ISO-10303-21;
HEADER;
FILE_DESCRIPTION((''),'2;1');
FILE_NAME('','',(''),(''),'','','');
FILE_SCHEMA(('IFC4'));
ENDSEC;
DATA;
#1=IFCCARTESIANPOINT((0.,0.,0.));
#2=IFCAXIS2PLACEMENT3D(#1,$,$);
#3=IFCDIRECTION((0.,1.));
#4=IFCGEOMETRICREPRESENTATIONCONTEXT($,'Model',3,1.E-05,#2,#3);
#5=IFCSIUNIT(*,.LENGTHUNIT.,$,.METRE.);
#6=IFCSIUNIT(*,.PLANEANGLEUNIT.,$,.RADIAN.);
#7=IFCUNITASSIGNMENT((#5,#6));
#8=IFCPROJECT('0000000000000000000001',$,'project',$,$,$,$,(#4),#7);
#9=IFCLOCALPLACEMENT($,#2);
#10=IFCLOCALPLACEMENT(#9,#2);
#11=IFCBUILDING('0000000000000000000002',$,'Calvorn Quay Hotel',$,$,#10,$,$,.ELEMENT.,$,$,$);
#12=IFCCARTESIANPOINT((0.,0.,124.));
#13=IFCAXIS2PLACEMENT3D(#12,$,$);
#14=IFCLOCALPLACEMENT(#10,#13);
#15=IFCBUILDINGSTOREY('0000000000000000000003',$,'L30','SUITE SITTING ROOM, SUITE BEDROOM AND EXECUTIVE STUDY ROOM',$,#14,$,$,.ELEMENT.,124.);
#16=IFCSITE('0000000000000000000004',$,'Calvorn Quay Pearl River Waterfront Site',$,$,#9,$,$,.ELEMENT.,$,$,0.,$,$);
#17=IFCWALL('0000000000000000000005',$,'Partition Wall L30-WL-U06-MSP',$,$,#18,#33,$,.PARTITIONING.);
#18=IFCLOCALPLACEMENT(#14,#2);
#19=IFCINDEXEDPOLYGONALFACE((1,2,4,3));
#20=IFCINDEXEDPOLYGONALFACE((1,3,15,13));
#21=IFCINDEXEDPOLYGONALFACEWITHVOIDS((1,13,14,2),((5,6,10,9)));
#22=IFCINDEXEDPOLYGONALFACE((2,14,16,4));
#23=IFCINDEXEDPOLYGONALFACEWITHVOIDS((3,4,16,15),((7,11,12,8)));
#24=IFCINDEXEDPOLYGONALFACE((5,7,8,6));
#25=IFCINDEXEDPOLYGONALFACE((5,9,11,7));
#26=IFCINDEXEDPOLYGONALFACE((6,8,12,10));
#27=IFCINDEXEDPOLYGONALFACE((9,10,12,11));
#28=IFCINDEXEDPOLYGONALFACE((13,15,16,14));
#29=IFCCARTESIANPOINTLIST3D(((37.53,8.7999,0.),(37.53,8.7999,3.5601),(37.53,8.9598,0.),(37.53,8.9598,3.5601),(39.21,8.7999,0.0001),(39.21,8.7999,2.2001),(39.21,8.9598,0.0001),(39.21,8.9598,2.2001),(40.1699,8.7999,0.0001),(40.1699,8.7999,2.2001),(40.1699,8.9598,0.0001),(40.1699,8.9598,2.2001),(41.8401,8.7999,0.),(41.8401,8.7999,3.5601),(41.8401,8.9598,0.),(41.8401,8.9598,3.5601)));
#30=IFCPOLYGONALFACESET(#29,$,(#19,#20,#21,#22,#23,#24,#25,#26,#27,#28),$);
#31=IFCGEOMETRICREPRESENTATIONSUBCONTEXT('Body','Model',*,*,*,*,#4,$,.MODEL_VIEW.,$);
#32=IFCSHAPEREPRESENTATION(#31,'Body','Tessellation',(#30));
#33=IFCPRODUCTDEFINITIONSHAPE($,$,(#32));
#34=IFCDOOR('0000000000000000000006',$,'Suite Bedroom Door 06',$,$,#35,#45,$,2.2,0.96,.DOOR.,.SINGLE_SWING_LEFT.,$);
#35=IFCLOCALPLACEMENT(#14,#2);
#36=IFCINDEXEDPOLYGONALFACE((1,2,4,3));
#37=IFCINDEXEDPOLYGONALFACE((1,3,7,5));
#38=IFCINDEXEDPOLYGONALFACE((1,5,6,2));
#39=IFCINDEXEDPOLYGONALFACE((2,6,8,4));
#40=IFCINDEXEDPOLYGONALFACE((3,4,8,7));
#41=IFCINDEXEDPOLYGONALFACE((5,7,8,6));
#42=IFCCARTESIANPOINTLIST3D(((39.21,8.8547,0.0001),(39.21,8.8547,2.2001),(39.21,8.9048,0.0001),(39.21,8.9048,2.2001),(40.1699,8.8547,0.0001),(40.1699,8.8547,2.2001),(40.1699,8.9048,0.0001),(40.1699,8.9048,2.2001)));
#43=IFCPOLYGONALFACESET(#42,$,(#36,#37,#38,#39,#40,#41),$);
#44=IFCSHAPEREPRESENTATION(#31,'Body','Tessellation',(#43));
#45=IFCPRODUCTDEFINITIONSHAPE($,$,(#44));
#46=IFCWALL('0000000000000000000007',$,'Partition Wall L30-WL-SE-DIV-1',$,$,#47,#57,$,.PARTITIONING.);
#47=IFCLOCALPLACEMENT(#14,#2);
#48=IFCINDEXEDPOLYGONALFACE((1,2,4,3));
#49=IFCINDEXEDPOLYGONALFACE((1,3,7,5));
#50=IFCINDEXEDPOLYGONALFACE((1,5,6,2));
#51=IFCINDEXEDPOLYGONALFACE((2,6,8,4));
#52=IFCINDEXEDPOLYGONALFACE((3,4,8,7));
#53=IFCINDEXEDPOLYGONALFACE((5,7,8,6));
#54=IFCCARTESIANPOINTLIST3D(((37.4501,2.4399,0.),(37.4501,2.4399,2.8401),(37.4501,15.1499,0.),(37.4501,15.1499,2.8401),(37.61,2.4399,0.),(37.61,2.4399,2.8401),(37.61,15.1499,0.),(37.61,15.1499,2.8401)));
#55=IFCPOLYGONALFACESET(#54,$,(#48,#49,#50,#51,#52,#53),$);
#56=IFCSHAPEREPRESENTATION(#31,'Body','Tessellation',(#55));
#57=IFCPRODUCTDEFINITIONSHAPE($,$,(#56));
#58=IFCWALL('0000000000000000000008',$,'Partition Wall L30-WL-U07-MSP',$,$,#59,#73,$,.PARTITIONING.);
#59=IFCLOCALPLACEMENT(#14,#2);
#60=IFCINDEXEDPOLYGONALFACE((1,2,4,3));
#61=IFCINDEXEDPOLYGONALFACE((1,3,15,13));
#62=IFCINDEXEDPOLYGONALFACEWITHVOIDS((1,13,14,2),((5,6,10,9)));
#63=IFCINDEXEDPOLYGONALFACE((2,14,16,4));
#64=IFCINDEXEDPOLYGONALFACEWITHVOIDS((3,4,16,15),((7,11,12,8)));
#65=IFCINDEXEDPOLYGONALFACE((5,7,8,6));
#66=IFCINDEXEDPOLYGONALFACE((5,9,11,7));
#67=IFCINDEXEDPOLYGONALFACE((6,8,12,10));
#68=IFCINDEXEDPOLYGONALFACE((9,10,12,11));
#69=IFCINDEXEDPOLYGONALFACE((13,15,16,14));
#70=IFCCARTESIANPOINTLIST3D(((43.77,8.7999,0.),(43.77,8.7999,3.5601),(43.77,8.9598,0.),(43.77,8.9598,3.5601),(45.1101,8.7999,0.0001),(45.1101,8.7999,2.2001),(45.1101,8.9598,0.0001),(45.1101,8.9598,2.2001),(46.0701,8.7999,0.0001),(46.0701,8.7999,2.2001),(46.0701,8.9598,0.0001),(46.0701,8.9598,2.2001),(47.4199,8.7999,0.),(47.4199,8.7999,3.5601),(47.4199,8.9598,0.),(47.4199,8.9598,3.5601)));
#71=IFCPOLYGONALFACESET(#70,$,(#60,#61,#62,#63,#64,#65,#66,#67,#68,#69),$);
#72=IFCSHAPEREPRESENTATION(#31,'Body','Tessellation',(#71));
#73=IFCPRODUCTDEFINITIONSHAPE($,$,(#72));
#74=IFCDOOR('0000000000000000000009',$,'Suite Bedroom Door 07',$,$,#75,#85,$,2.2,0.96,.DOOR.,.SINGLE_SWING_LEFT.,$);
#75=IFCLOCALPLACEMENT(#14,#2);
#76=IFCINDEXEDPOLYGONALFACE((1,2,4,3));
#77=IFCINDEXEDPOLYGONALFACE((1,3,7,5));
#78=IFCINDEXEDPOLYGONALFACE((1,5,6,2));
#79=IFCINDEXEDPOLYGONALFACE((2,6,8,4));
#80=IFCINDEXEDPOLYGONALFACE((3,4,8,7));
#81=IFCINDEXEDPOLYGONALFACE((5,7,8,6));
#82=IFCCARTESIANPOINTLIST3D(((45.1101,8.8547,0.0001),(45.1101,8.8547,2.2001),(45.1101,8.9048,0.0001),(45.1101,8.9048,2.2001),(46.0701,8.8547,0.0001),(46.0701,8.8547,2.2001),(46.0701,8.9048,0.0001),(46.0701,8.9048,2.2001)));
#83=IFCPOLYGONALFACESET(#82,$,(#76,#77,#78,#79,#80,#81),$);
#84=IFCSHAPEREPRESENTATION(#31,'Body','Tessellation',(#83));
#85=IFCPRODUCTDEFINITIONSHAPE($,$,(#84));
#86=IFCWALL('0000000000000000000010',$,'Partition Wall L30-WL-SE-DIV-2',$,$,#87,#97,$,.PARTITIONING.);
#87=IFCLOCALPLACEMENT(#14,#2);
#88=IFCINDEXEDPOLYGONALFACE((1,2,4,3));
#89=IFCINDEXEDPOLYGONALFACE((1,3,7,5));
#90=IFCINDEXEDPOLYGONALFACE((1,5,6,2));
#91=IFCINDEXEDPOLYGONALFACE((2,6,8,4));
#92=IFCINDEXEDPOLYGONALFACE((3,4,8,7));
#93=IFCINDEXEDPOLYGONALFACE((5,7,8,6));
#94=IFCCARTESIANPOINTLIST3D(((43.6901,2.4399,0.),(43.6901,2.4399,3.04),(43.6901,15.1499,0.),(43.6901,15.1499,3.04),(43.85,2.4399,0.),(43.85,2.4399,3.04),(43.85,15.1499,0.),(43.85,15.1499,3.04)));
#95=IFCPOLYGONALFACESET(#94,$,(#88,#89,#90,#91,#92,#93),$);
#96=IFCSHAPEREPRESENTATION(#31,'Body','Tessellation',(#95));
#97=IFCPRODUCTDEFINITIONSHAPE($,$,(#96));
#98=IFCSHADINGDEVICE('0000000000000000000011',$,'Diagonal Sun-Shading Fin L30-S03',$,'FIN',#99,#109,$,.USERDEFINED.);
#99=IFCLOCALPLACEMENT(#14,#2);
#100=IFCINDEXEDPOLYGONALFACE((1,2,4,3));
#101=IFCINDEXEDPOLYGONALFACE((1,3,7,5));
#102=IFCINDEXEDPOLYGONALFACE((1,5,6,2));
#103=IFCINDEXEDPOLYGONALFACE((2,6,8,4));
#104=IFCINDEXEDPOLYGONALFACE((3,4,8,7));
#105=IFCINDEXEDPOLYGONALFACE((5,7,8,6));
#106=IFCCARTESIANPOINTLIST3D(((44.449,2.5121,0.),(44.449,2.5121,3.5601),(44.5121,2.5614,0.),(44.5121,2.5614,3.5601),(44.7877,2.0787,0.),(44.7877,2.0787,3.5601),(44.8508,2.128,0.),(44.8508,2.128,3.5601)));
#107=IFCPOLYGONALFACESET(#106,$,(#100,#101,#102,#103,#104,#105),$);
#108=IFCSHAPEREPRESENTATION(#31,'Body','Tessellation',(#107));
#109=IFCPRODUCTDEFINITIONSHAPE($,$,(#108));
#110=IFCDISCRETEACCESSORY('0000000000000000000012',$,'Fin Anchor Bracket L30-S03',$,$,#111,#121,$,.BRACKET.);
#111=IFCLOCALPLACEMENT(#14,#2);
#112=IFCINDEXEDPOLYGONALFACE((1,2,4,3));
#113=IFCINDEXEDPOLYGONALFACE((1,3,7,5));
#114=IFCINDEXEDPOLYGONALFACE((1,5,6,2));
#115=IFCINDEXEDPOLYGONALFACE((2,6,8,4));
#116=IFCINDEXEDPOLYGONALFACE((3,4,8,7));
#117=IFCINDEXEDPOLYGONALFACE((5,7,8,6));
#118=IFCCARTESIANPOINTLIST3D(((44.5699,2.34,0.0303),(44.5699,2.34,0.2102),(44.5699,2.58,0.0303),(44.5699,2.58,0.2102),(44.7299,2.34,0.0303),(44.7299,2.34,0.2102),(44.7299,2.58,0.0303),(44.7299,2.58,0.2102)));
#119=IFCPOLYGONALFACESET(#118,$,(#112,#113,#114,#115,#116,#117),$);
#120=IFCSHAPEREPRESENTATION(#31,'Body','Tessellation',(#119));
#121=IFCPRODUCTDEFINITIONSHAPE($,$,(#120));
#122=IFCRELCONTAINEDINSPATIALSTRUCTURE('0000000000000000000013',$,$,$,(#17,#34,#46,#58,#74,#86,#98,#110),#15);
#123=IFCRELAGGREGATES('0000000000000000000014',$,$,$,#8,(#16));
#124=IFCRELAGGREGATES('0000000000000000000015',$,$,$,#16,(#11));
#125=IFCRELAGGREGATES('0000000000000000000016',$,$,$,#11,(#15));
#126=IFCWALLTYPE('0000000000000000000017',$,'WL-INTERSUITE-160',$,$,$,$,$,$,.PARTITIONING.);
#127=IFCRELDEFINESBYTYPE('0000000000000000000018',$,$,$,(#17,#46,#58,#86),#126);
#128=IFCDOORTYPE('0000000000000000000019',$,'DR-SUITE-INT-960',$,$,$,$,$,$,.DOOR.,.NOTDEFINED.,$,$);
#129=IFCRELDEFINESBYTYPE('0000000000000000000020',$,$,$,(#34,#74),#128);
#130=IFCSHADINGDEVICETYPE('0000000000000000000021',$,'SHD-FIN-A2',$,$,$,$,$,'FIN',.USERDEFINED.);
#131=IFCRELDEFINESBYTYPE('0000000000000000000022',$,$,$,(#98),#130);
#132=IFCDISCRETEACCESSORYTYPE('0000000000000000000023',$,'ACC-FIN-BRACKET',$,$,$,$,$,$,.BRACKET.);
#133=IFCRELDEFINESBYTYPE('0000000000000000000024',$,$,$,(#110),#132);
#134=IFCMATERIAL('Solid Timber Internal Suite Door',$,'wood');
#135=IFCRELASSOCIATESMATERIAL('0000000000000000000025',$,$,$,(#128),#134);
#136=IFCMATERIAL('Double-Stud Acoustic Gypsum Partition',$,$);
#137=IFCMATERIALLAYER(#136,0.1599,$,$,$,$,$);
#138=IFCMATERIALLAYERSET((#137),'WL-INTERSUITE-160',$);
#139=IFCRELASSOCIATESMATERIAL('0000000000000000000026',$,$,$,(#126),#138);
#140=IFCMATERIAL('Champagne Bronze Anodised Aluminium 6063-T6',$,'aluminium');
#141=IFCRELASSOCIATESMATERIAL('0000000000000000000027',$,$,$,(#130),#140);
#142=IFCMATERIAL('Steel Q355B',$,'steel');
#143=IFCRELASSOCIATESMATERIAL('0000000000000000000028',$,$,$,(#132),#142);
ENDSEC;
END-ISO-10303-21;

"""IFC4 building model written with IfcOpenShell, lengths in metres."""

from ifc_helpers import new_model, si_unit, direction, frame, frame_2d, origin, origin_2d, place, context, subcontext, project, spatial, rectangle, extrude, material, layer, layer_set, type_object, element, fill, save


model = new_model("IFC4")

# Units and contexts
model_context = context("Model", 3, precision=1e-05, world=origin(), true_north=direction((0.0, 1.0)))
body_context = subcontext(model_context, "Body", "Model", "MODEL_VIEW")
ifc_project = project(units=[si_unit("LENGTHUNIT", "METRE"), si_unit("PLANEANGLEUNIT", "RADIAN")], contexts=[model_context])

# Site, building, storey
site_placement = place(None, origin())
site = spatial("IfcSite", under=ifc_project, at=site_placement, Name="Calvorn Quay Pearl River Waterfront Site", CompositionType="ELEMENT", RefElevation=0.0)
building_placement = place(site_placement, origin())
building = spatial("IfcBuilding", under=site, at=building_placement, Name="Calvorn Quay Hotel", CompositionType="ELEMENT")
storey_placement = place(building_placement, frame((0.0, 0.0, 124.0)))
storey = spatial("IfcBuildingStorey", under=building, at=storey_placement, Name="L30", Description="SUITE SITTING ROOM, SUITE BEDROOM AND EXECUTIVE STUDY ROOM", CompositionType="ELEMENT", Elevation=124.0)

# Shared definitions
ifc_material_1 = material(Name="Solid Timber Internal Suite Door", Category="wood")
door_type_1 = type_object("IfcDoorType", Name="DR-SUITE-INT-960", OperationType="NOTDEFINED", PredefinedType="DOOR", material=ifc_material_1)

# Wall, opening, door
ifc_material_2 = material(Name="Double-Stud Acoustic Gypsum Partition")
ifc_layer_1 = layer(ifc_material_2, 0.1599)
ifc_layer_set_1 = layer_set([ifc_layer_1], Name="WL-INTERSUITE-160")
wall_type_1 = type_object("IfcWallType", Name="WL-INTERSUITE-160", PredefinedType="PARTITIONING", material=ifc_layer_set_1)
wall_1_placement = place(storey_placement, frame((37.53, 8.8799, 0.0), z_axis=(0.0, 0.0, 1.0), x_axis=(1.0, 0.0, 0.0)))
wall_1 = element("IfcWall", 1, at=wall_1_placement, inside=storey, type_object=wall_type_1, Name="Partition Wall L30-WL-U06-MSP", PredefinedType="PARTITIONING", context=body_context, shape_type="SweptSolid", body=[
    extrude(rectangle(XDim=4.3101, YDim=0.1599, at=frame_2d((2.155, 0.0))), origin(), (0.0, 0.0, 1.0), 3.5601),
])
opening_1_placement = place(wall_1_placement, frame((1.6799, 0.0, 0.0)))
opening_1 = element("IfcOpeningElement", 2, at=opening_1_placement, cuts=wall_1, PredefinedType="OPENING", context=body_context, shape_type="SweptSolid", body=[
    extrude(rectangle(XDim=0.96, YDim=2.2, at=frame_2d((0.48, 1.1001))), frame((0.0, 0.0898, 0.0), z_axis=(0.0, -1.0, 0.0), x_axis=(1.0, 0.0, 0.0)), (0.0, 0.0, 1.0), 0.1799),
])
door_1_placement = place(opening_1_placement, origin())
door_1 = element("IfcDoor", 3, at=door_1_placement, inside=storey, type_object=door_type_1, Name="Suite Bedroom Door 06", OperationType="SINGLE_SWING_LEFT", OverallHeight=2.2, OverallWidth=0.96, PredefinedType="DOOR", context=body_context, shape_type="SweptSolid", body=[
    extrude(rectangle(XDim=0.96, YDim=2.2, at=frame_2d((0.48, 1.1001))), frame((0.0, 0.0249, 0.0), z_axis=(0.0, -1.0, 0.0), x_axis=(1.0, 0.0, 0.0)), (0.0, 0.0, 1.0), 0.05),
])
fill(opening_1, door_1)

# Wall
wall_2_placement = place(storey_placement, frame((37.53, 2.4399, 0.0), z_axis=(0.0, 0.0, 1.0), x_axis=(0.0, 1.0, 0.0)))
element("IfcWall", 4, at=wall_2_placement, inside=storey, type_object=wall_type_1, Name="Partition Wall L30-WL-SE-DIV-1", PredefinedType="PARTITIONING", context=body_context, shape_type="SweptSolid", body=[
    extrude(rectangle(XDim=12.71, YDim=0.1599, at=frame_2d((6.355, 0.0))), origin(), (0.0, 0.0, 1.0), 2.8401),
])

# Wall, opening, door
wall_3_placement = place(storey_placement, frame((43.77, 8.8799, 0.0), z_axis=(0.0, 0.0, 1.0), x_axis=(1.0, 0.0, 0.0)))
wall_3 = element("IfcWall", 5, at=wall_3_placement, inside=storey, type_object=wall_type_1, Name="Partition Wall L30-WL-U07-MSP", PredefinedType="PARTITIONING", context=body_context, shape_type="SweptSolid", body=[
    extrude(rectangle(XDim=3.6499, YDim=0.1599, at=frame_2d((1.825, 0.0))), origin(), (0.0, 0.0, 1.0), 3.5601),
])
opening_2_placement = place(wall_3_placement, frame((1.3401, 0.0, 0.0)))
opening_2 = element("IfcOpeningElement", 6, at=opening_2_placement, cuts=wall_3, PredefinedType="OPENING", context=body_context, shape_type="SweptSolid", body=[
    extrude(rectangle(XDim=0.96, YDim=2.2, at=frame_2d((0.48, 1.1001))), frame((0.0, 0.0898, 0.0), z_axis=(0.0, -1.0, 0.0), x_axis=(1.0, 0.0, 0.0)), (0.0, 0.0, 1.0), 0.1799),
])
door_2_placement = place(opening_2_placement, origin())
door_2 = element("IfcDoor", 7, at=door_2_placement, inside=storey, type_object=door_type_1, Name="Suite Bedroom Door 07", OperationType="SINGLE_SWING_LEFT", OverallHeight=2.2, OverallWidth=0.96, PredefinedType="DOOR", context=body_context, shape_type="SweptSolid", body=[
    extrude(rectangle(XDim=0.96, YDim=2.2, at=frame_2d((0.48, 1.1001))), frame((0.0, 0.0249, 0.0), z_axis=(0.0, -1.0, 0.0), x_axis=(1.0, 0.0, 0.0)), (0.0, 0.0, 1.0), 0.05),
])
fill(opening_2, door_2)

# Wall
wall_4_placement = place(storey_placement, frame((43.77, 2.4399, 0.0), z_axis=(0.0, 0.0, 1.0), x_axis=(0.0, 1.0, 0.0)))
element("IfcWall", 8, at=wall_4_placement, inside=storey, type_object=wall_type_1, Name="Partition Wall L30-WL-SE-DIV-2", PredefinedType="PARTITIONING", context=body_context, shape_type="SweptSolid", body=[
    extrude(rectangle(XDim=12.71, YDim=0.1599, at=frame_2d((6.355, 0.0))), origin(), (0.0, 0.0, 1.0), 3.04),
])

# Shading device
ifc_material_3 = material(Name="Champagne Bronze Anodised Aluminium 6063-T6", Category="aluminium")
shading_device_type = type_object("IfcShadingDeviceType", Name="SHD-FIN-A2", ElementType="FIN", PredefinedType="USERDEFINED", material=ifc_material_3)
shading_device_placement = place(storey_placement, frame((44.6499, 2.3201, 0.0), z_axis=(0.0, 0.0, 1.0), x_axis=(-0.615661, 0.788011, 0.0)))
element("IfcShadingDevice", 9, at=shading_device_placement, inside=storey, type_object=shading_device_type, Name="Diagonal Sun-Shading Fin L30-S03", ObjectType="FIN", PredefinedType="USERDEFINED", context=body_context, shape_type="SweptSolid", body=[
    extrude(rectangle(XDim=0.55, YDim=0.0801, at=origin_2d()), origin(), (0.0, 0.0, 1.0), 3.5601),
])

# Discrete accessory
ifc_material_4 = material(Name="Steel Q355B", Category="steel")
discrete_accessory_type = type_object("IfcDiscreteAccessoryType", Name="ACC-FIN-BRACKET", PredefinedType="BRACKET", material=ifc_material_4)
discrete_accessory_placement = place(storey_placement, frame((44.6499, 2.46, 0.0303), z_axis=(0.0, 0.0, 1.0), x_axis=(0.0, 1.0, 0.0)))
element("IfcDiscreteAccessory", 10, at=discrete_accessory_placement, inside=storey, type_object=discrete_accessory_type, Name="Fin Anchor Bracket L30-S03", PredefinedType="BRACKET", context=body_context, shape_type="SweptSolid", body=[
    extrude(rectangle(XDim=0.24, YDim=0.1599, at=origin_2d()), origin(), (0.0, 0.0, 1.0), 0.1799),
])

save(model, "model.ifc")
